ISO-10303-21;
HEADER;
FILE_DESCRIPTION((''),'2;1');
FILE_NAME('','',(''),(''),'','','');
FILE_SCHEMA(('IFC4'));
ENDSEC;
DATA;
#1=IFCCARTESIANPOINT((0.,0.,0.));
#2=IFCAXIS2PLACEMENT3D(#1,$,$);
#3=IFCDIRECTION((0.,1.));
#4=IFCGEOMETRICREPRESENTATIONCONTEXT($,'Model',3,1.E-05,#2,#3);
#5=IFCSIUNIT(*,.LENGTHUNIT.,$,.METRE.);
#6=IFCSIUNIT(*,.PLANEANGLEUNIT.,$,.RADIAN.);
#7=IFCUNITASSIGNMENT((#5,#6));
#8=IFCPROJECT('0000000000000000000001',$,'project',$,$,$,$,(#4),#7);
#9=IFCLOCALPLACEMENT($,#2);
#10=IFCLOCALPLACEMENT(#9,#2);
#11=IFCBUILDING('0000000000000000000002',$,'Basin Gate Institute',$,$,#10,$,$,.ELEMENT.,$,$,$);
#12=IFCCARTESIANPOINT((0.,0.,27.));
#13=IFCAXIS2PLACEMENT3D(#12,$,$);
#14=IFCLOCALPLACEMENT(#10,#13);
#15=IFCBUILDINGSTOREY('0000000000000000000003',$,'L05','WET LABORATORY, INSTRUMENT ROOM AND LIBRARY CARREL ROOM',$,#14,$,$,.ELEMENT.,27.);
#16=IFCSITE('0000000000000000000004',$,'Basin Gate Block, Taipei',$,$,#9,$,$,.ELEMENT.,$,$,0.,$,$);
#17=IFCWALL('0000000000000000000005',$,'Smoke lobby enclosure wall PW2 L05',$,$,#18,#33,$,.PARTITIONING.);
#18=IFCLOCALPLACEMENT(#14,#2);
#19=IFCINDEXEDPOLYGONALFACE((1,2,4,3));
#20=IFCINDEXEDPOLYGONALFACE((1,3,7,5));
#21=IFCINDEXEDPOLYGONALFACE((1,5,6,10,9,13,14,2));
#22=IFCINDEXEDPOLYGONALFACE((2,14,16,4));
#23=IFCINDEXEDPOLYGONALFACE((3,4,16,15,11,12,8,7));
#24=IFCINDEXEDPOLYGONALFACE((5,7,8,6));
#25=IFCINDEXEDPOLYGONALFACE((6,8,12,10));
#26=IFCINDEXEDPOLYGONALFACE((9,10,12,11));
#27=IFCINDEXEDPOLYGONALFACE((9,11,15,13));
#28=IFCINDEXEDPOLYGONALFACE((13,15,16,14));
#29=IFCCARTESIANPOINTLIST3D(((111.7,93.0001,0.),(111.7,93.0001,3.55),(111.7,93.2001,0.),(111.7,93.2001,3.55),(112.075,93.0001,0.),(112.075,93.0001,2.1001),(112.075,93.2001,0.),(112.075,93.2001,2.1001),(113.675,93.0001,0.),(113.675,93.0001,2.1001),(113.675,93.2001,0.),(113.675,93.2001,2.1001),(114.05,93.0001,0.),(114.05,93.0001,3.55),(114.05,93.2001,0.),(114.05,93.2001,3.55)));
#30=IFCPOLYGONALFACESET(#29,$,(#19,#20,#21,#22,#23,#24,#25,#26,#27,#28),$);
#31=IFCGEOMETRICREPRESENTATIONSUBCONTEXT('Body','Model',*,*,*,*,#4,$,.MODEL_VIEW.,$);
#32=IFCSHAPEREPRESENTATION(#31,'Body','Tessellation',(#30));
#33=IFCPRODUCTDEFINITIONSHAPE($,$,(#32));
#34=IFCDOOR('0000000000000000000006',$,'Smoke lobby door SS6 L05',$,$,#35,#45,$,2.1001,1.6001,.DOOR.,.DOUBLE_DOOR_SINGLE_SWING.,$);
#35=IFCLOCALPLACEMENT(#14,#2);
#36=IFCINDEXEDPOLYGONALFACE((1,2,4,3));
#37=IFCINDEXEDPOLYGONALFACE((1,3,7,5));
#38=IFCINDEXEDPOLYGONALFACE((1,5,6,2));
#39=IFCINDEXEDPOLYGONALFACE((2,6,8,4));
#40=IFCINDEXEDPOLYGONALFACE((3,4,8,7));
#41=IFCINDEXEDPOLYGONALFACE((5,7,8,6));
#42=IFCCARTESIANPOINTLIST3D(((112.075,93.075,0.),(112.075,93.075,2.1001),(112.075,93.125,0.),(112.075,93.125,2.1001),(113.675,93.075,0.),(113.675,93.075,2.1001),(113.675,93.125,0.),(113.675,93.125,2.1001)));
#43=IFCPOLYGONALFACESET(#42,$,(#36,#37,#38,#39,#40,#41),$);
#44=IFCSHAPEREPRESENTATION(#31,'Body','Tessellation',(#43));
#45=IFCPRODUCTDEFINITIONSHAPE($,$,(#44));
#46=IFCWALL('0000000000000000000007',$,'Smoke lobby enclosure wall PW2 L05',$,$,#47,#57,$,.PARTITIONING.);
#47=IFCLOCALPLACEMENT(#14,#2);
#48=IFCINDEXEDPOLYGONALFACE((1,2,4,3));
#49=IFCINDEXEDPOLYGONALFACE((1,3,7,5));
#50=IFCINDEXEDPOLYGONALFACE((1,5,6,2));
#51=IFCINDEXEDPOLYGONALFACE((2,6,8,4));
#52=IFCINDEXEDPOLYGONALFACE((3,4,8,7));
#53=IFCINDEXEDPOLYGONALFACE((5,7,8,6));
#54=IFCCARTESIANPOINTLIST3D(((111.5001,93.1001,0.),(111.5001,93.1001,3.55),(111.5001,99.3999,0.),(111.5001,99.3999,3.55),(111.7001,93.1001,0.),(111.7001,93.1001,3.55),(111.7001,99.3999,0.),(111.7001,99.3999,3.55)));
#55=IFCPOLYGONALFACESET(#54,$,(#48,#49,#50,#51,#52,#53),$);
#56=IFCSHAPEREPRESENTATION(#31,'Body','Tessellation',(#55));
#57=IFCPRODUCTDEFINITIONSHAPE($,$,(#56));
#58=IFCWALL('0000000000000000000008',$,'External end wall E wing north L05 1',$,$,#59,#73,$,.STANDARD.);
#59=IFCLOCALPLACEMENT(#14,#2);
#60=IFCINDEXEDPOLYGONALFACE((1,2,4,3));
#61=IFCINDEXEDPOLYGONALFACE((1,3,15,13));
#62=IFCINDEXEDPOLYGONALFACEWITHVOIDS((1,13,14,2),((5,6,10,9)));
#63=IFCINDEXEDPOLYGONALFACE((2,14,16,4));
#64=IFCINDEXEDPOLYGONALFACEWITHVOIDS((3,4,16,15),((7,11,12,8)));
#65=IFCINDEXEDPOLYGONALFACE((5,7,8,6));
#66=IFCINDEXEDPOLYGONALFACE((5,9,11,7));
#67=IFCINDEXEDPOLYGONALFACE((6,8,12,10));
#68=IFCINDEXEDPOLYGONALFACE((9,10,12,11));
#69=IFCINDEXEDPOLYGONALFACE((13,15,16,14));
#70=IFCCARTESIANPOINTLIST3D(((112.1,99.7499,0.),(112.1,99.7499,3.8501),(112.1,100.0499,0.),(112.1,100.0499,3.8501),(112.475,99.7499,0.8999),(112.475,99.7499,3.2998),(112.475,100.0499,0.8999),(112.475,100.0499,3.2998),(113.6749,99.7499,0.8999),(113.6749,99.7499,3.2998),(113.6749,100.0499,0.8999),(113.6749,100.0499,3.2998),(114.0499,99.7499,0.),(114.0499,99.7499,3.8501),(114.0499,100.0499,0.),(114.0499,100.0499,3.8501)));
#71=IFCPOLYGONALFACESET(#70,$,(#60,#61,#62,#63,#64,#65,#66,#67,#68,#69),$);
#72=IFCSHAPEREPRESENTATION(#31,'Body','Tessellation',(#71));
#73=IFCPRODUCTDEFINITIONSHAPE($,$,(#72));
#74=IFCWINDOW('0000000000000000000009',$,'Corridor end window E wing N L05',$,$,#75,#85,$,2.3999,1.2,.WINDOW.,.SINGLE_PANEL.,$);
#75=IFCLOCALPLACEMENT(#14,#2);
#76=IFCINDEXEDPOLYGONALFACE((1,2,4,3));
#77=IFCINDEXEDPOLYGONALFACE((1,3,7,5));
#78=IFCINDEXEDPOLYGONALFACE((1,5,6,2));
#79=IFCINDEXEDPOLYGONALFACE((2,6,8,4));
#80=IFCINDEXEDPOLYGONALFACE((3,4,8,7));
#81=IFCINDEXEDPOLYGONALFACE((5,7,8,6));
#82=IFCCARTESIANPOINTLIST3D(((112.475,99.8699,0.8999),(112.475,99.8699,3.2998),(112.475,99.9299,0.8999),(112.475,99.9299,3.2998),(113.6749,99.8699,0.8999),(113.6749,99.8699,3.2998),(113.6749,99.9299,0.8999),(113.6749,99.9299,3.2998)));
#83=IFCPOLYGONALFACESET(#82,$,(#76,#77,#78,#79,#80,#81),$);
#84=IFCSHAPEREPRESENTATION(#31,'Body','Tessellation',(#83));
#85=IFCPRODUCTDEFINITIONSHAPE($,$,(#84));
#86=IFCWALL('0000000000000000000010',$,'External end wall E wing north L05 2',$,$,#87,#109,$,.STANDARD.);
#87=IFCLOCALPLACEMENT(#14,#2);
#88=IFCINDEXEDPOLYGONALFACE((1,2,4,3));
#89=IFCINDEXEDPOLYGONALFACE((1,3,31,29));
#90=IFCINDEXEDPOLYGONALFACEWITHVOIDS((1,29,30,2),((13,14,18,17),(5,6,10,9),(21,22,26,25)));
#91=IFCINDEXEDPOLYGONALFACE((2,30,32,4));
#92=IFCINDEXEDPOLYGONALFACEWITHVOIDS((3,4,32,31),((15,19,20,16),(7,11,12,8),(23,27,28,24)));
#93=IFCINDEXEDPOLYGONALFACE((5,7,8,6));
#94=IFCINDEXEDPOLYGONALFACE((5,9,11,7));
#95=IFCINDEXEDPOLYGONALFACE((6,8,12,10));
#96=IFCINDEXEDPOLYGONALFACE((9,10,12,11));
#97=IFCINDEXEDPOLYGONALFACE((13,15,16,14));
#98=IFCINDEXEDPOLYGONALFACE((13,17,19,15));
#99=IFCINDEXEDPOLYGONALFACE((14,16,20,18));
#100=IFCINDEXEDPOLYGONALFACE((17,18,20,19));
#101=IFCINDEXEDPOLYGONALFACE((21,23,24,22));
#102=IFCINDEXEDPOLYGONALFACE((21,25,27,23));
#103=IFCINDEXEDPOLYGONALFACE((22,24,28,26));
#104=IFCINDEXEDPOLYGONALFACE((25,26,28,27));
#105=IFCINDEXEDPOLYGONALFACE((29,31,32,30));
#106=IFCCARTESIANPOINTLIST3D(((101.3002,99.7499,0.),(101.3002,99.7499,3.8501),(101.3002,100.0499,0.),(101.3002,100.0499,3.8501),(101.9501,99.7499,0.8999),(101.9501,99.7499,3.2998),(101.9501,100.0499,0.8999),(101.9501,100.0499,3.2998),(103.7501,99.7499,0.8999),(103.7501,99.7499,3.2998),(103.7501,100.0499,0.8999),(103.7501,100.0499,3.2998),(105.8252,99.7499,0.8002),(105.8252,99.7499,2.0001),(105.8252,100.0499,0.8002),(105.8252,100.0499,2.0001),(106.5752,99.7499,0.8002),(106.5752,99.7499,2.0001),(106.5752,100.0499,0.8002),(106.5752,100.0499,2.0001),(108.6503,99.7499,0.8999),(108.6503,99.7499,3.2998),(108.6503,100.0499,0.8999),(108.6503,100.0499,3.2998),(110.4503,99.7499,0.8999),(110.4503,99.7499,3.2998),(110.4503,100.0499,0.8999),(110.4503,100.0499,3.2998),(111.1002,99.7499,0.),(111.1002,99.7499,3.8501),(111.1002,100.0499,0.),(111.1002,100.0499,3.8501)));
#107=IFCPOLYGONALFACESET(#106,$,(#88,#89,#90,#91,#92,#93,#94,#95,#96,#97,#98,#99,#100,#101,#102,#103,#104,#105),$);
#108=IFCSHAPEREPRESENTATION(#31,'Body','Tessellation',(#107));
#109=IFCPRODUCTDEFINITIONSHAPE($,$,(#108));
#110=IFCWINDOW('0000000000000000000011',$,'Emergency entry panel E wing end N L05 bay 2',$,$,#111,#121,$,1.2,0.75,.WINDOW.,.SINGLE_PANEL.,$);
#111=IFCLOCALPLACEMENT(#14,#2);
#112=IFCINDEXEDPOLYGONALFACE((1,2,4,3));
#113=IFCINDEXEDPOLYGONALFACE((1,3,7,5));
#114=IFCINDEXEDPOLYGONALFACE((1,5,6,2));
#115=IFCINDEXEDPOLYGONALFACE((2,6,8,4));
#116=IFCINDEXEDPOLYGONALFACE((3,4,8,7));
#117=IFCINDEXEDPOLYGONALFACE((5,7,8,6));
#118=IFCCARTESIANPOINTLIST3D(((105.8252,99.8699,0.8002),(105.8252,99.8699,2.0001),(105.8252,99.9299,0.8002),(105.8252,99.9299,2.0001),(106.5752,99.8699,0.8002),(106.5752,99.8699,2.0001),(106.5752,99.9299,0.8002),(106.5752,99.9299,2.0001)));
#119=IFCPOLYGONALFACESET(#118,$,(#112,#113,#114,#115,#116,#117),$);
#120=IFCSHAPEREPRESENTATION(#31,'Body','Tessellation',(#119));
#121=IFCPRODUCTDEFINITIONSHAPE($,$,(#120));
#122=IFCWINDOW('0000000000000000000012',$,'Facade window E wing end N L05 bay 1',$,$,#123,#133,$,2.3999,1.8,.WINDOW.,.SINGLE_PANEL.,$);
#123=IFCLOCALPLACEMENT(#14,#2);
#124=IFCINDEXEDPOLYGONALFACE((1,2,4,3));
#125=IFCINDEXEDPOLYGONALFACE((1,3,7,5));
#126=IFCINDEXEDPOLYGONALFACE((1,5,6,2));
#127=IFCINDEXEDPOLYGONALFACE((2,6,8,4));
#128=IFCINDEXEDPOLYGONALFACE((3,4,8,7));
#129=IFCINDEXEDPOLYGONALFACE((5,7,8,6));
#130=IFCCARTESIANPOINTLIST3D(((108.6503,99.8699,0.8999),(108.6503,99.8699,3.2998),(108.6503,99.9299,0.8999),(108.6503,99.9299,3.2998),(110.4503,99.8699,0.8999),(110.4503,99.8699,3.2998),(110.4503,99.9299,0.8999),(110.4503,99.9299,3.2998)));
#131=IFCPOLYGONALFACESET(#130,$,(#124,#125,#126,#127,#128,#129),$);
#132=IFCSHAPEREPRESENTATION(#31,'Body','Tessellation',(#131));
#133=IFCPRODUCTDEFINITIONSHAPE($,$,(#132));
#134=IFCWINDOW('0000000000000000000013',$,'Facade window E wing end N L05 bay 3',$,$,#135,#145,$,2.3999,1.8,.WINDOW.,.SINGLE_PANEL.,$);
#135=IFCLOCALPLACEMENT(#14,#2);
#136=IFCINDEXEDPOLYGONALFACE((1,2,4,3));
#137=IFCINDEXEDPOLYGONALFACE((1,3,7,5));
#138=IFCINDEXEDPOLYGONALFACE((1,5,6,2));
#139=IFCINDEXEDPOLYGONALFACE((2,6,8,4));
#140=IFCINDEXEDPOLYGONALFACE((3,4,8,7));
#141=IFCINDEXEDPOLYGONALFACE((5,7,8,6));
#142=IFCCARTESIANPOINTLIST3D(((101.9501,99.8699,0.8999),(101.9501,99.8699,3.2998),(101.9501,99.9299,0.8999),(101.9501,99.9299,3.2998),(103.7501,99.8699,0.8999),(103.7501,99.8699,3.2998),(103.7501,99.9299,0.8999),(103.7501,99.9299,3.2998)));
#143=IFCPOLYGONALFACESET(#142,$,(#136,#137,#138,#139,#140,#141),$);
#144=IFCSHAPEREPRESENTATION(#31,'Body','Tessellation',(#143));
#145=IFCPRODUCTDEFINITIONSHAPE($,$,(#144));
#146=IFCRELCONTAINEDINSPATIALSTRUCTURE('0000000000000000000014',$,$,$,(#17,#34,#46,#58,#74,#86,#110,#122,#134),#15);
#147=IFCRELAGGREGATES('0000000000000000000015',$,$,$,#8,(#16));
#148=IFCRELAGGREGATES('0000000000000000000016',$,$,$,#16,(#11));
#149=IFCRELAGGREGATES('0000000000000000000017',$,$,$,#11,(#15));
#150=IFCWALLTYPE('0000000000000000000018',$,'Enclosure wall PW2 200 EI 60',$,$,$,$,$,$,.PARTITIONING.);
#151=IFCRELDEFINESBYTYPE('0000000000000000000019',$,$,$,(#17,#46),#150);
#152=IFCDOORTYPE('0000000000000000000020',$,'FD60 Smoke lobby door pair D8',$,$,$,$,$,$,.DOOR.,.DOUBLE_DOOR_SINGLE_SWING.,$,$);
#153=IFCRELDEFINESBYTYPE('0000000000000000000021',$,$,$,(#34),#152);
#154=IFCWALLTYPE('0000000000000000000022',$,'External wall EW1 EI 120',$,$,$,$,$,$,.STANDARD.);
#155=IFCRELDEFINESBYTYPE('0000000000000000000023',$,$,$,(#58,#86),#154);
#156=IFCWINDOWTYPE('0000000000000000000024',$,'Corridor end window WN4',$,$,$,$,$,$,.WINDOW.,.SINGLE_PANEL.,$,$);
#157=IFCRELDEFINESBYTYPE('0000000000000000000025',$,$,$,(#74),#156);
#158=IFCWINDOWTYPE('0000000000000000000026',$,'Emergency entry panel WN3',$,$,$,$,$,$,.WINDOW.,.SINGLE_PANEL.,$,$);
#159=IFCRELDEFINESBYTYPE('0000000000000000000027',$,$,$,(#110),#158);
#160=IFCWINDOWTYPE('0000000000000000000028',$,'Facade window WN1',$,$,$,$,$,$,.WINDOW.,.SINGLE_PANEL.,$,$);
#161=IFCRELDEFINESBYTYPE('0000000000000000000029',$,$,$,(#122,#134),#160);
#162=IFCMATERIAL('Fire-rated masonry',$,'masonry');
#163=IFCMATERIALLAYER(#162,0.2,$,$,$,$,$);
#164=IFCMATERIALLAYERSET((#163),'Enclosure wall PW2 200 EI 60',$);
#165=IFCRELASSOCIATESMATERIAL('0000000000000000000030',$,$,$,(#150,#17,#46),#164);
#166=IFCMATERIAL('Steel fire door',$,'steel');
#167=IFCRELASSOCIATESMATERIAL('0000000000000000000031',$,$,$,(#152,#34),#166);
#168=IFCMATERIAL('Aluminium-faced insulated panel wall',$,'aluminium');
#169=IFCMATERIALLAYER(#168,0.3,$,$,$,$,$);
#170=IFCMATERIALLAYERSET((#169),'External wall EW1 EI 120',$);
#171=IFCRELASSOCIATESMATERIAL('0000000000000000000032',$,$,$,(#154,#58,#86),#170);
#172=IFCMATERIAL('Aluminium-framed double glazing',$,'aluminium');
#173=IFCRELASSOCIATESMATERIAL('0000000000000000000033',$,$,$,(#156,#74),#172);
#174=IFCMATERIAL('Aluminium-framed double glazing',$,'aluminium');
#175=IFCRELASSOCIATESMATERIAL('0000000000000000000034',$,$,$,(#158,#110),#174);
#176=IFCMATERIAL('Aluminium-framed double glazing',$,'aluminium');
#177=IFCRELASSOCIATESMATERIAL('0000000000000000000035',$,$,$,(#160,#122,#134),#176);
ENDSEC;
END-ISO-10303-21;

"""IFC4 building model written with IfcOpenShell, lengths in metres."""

from ifc_helpers import new_model, si_unit, direction, frame, frame_2d, origin, place, context, subcontext, project, spatial, rectangle, extrude, material, layer, layer_set, type_object, element, fill, save


model = new_model("IFC4")

# Units and contexts
model_context = context("Model", 3, precision=1e-05, world=origin(), true_north=direction((0.0, 1.0)))
body_context = subcontext(model_context, "Body", "Model", "MODEL_VIEW")
ifc_project = project(units=[si_unit("LENGTHUNIT", "METRE"), si_unit("PLANEANGLEUNIT", "RADIAN")], contexts=[model_context])

# Site, building, storey
site_placement = place(None, origin())
site = spatial("IfcSite", under=ifc_project, at=site_placement, Name="Basin Gate Block, Taipei", CompositionType="ELEMENT", RefElevation=0.0)
building_placement = place(site_placement, origin())
building = spatial("IfcBuilding", under=site, at=building_placement, Name="Basin Gate Institute", CompositionType="ELEMENT")
storey_placement = place(building_placement, frame((0.0, 0.0, 27.0)))
storey = spatial("IfcBuildingStorey", under=building, at=storey_placement, Name="L05", Description="WET LABORATORY, INSTRUMENT ROOM AND LIBRARY CARREL ROOM", CompositionType="ELEMENT", Elevation=27.0)

# Wall, opening, door
ifc_material_1 = material(Name="Fire-rated masonry", Category="masonry")
ifc_layer_1 = layer(ifc_material_1, 0.2)
ifc_layer_set_1 = layer_set([ifc_layer_1], Name="Enclosure wall PW2 200 EI 60")
wall_type_1 = type_object("IfcWallType", Name="Enclosure wall PW2 200 EI 60", PredefinedType="PARTITIONING", material=ifc_layer_set_1)
wall_1_placement = place(storey_placement, frame((114.05, 93.1001, 0.0), z_axis=(0.0, 0.0, 1.0), x_axis=(-1.0, 0.0, 0.0)))
wall_1 = element("IfcWall", 1, at=wall_1_placement, inside=storey, type_object=wall_type_1, material=ifc_layer_set_1, Name="Smoke lobby enclosure wall PW2 L05", PredefinedType="PARTITIONING", context=body_context, shape_type="SweptSolid", body=[
    extrude(rectangle(XDim=2.3501, YDim=0.2, at=frame_2d((1.175, 0.0))), origin(), (0.0, 0.0, 1.0), 3.55),
])
opening_1_placement = place(wall_1_placement, frame((0.375, 0.0, 0.0)))
opening_1 = element("IfcOpeningElement", 2, at=opening_1_placement, cuts=wall_1, PredefinedType="OPENING", context=body_context, shape_type="SweptSolid", body=[
    extrude(rectangle(XDim=1.6001, YDim=2.1001, at=frame_2d((0.8, 1.05))), frame((0.0, 0.1099, 0.0), z_axis=(0.0, -1.0, 0.0), x_axis=(1.0, 0.0, 0.0)), (0.0, 0.0, 1.0), 0.22),
])
ifc_material_2 = material(Name="Steel fire door", Category="steel")
door_type_1 = type_object("IfcDoorType", Name="FD60 Smoke lobby door pair D8", OperationType="DOUBLE_DOOR_SINGLE_SWING", PredefinedType="DOOR", material=ifc_material_2)
door_1_placement = place(opening_1_placement, frame((1.6001, 0.0, 0.0), z_axis=(0.0, 0.0, 1.0), x_axis=(-1.0, 0.0, 0.0)))
door_1 = element("IfcDoor", 3, at=door_1_placement, inside=storey, type_object=door_type_1, material=ifc_material_2, Name="Smoke lobby door SS6 L05", OperationType="DOUBLE_DOOR_SINGLE_SWING", OverallHeight=2.1001, OverallWidth=1.6001, PredefinedType="DOOR", context=body_context, shape_type="SweptSolid", body=[
    extrude(rectangle(XDim=1.6001, YDim=2.1001, at=frame_2d((0.8, 1.05))), frame((0.0, 0.0249, 0.0), z_axis=(0.0, -1.0, 0.0), x_axis=(1.0, 0.0, 0.0)), (0.0, 0.0, 1.0), 0.05),
])
fill(opening_1, door_1)

# Wall
wall_2_placement = place(storey_placement, frame((111.6001, 93.1001, 0.0), z_axis=(0.0, 0.0, 1.0), x_axis=(0.0, 1.0, 0.0)))
element("IfcWall", 4, at=wall_2_placement, inside=storey, type_object=wall_type_1, material=ifc_layer_set_1, Name="Smoke lobby enclosure wall PW2 L05", PredefinedType="PARTITIONING", context=body_context, shape_type="SweptSolid", body=[
    extrude(rectangle(XDim=6.2998, YDim=0.2, at=frame_2d((3.1499, 0.0))), origin(), (0.0, 0.0, 1.0), 3.55),
])

# Wall, opening, window
ifc_material_3 = material(Name="Aluminium-faced insulated panel wall", Category="aluminium")
ifc_layer_2 = layer(ifc_material_3, 0.3)
ifc_layer_set_2 = layer_set([ifc_layer_2], Name="External wall EW1 EI 120")
wall_type_2 = type_object("IfcWallType", Name="External wall EW1 EI 120", PredefinedType="STANDARD", material=ifc_layer_set_2)
wall_3_placement = place(storey_placement, frame((114.05, 99.8999, 0.0), z_axis=(0.0, 0.0, 1.0), x_axis=(-1.0, 0.0, 0.0)))
wall_3 = element("IfcWall", 5, at=wall_3_placement, inside=storey, type_object=wall_type_2, material=ifc_layer_set_2, Name="External end wall E wing north L05 1", PredefinedType="STANDARD", context=body_context, shape_type="SweptSolid", body=[
    extrude(rectangle(XDim=1.95, YDim=0.3, at=frame_2d((0.9751, 0.0))), origin(), (0.0, 0.0, 1.0), 3.8501),
])
opening_2_placement = place(wall_3_placement, frame((0.375, 0.0, 0.8999)))
opening_2 = element("IfcOpeningElement", 6, at=opening_2_placement, cuts=wall_3, PredefinedType="OPENING", context=body_context, shape_type="SweptSolid", body=[
    extrude(rectangle(XDim=1.2, YDim=2.3999, at=frame_2d((0.6001, 1.2))), frame((0.0, 0.1602, 0.0), z_axis=(0.0, -1.0, 0.0), x_axis=(1.0, 0.0, 0.0)), (0.0, 0.0, 1.0), 0.3201),
])
ifc_material_4 = material(Name="Aluminium-framed double glazing", Category="aluminium")
window_type_1 = type_object("IfcWindowType", Name="Corridor end window WN4", PartitioningType="SINGLE_PANEL", PredefinedType="WINDOW", material=ifc_material_4)
window_1_placement = place(opening_2_placement, origin())
window_1 = element("IfcWindow", 7, at=window_1_placement, inside=storey, type_object=window_type_1, material=ifc_material_4, Name="Corridor end window E wing N L05", OverallHeight=2.3999, OverallWidth=1.2, PartitioningType="SINGLE_PANEL", PredefinedType="WINDOW", context=body_context, shape_type="SweptSolid", body=[
    extrude(rectangle(XDim=1.2, YDim=2.3999, at=frame_2d((0.6001, 1.2))), frame((0.0, 0.03, 0.0), z_axis=(0.0, -1.0, 0.0), x_axis=(1.0, 0.0, 0.0)), (0.0, 0.0, 1.0), 0.0601),
])
fill(opening_2, window_1)

# Wall, openings, windows
wall_4_placement = place(storey_placement, frame((111.1001, 99.8999, 0.0), z_axis=(0.0, 0.0, 1.0), x_axis=(-1.0, 0.0, 0.0)))
wall_4 = element("IfcWall", 8, at=wall_4_placement, inside=storey, type_object=wall_type_2, material=ifc_layer_set_2, Name="External end wall E wing north L05 2", PredefinedType="STANDARD", context=body_context, shape_type="SweptSolid", body=[
    extrude(rectangle(XDim=9.8, YDim=0.3, at=frame_2d((4.8999, 0.0))), origin(), (0.0, 0.0, 1.0), 3.8501),
])
opening_3_placement = place(wall_4_placement, frame((0.6499, 0.0, 0.8999)))
opening_3 = element("IfcOpeningElement", 9, at=opening_3_placement, cuts=wall_4, PredefinedType="OPENING", context=body_context, shape_type="SweptSolid", body=[
    extrude(rectangle(XDim=1.8, YDim=2.3999, at=frame_2d((0.8999, 1.2))), frame((0.0, 0.1602, 0.0), z_axis=(0.0, -1.0, 0.0), x_axis=(1.0, 0.0, 0.0)), (0.0, 0.0, 1.0), 0.3201),
])
opening_4_placement = place(wall_4_placement, frame((4.5249, 0.0, 0.8)))
opening_4 = element("IfcOpeningElement", 10, at=opening_4_placement, cuts=wall_4, PredefinedType="OPENING", context=body_context, shape_type="SweptSolid", body=[
    extrude(rectangle(XDim=0.75, YDim=1.2, at=frame_2d((0.375, 0.6001))), frame((0.0, 0.1602, 0.0), z_axis=(0.0, -1.0, 0.0), x_axis=(1.0, 0.0, 0.0)), (0.0, 0.0, 1.0), 0.3201),
])
opening_5_placement = place(wall_4_placement, frame((7.3501, 0.0, 0.8999)))
opening_5 = element("IfcOpeningElement", 11, at=opening_5_placement, cuts=wall_4, PredefinedType="OPENING", context=body_context, shape_type="SweptSolid", body=[
    extrude(rectangle(XDim=1.8, YDim=2.3999, at=frame_2d((0.8999, 1.2))), frame((0.0, 0.1602, 0.0), z_axis=(0.0, -1.0, 0.0), x_axis=(1.0, 0.0, 0.0)), (0.0, 0.0, 1.0), 0.3201),
])
ifc_material_5 = material(Name="Aluminium-framed double glazing", Category="aluminium")
window_type_2 = type_object("IfcWindowType", Name="Emergency entry panel WN3", PartitioningType="SINGLE_PANEL", PredefinedType="WINDOW", material=ifc_material_5)
window_2_placement = place(opening_4_placement, origin())
window_2 = element("IfcWindow", 12, at=window_2_placement, inside=storey, type_object=window_type_2, material=ifc_material_5, Name="Emergency entry panel E wing end N L05 bay 2", OverallHeight=1.2, OverallWidth=0.75, PartitioningType="SINGLE_PANEL", PredefinedType="WINDOW", context=body_context, shape_type="SweptSolid", body=[
    extrude(rectangle(XDim=0.75, YDim=1.2, at=frame_2d((0.375, 0.6001))), frame((0.0, 0.03, 0.0), z_axis=(0.0, -1.0, 0.0), x_axis=(1.0, 0.0, 0.0)), (0.0, 0.0, 1.0), 0.0601),
])
fill(opening_4, window_2)
ifc_material_6 = material(Name="Aluminium-framed double glazing", Category="aluminium")
window_type_3 = type_object("IfcWindowType", Name="Facade window WN1", PartitioningType="SINGLE_PANEL", PredefinedType="WINDOW", material=ifc_material_6)
window_3_placement = place(opening_3_placement, origin())
window_3 = element("IfcWindow", 13, at=window_3_placement, inside=storey, type_object=window_type_3, material=ifc_material_6, Name="Facade window E wing end N L05 bay 1", OverallHeight=2.3999, OverallWidth=1.8, PartitioningType="SINGLE_PANEL", PredefinedType="WINDOW", context=body_context, shape_type="SweptSolid", body=[
    extrude(rectangle(XDim=1.8, YDim=2.3999, at=frame_2d((0.8999, 1.2))), frame((0.0, 0.03, 0.0), z_axis=(0.0, -1.0, 0.0), x_axis=(1.0, 0.0, 0.0)), (0.0, 0.0, 1.0), 0.0601),
])
fill(opening_3, window_3)
window_4_placement = place(opening_5_placement, origin())
window_4 = element("IfcWindow", 14, at=window_4_placement, inside=storey, type_object=window_type_3, material=ifc_material_6, Name="Facade window E wing end N L05 bay 3", OverallHeight=2.3999, OverallWidth=1.8, PartitioningType="SINGLE_PANEL", PredefinedType="WINDOW", context=body_context, shape_type="SweptSolid", body=[
    extrude(rectangle(XDim=1.8, YDim=2.3999, at=frame_2d((0.8999, 1.2))), frame((0.0, 0.03, 0.0), z_axis=(0.0, -1.0, 0.0), x_axis=(1.0, 0.0, 0.0)), (0.0, 0.0, 1.0), 0.0601),
])
fill(opening_5, window_4)

save(model, "model.ifc")
